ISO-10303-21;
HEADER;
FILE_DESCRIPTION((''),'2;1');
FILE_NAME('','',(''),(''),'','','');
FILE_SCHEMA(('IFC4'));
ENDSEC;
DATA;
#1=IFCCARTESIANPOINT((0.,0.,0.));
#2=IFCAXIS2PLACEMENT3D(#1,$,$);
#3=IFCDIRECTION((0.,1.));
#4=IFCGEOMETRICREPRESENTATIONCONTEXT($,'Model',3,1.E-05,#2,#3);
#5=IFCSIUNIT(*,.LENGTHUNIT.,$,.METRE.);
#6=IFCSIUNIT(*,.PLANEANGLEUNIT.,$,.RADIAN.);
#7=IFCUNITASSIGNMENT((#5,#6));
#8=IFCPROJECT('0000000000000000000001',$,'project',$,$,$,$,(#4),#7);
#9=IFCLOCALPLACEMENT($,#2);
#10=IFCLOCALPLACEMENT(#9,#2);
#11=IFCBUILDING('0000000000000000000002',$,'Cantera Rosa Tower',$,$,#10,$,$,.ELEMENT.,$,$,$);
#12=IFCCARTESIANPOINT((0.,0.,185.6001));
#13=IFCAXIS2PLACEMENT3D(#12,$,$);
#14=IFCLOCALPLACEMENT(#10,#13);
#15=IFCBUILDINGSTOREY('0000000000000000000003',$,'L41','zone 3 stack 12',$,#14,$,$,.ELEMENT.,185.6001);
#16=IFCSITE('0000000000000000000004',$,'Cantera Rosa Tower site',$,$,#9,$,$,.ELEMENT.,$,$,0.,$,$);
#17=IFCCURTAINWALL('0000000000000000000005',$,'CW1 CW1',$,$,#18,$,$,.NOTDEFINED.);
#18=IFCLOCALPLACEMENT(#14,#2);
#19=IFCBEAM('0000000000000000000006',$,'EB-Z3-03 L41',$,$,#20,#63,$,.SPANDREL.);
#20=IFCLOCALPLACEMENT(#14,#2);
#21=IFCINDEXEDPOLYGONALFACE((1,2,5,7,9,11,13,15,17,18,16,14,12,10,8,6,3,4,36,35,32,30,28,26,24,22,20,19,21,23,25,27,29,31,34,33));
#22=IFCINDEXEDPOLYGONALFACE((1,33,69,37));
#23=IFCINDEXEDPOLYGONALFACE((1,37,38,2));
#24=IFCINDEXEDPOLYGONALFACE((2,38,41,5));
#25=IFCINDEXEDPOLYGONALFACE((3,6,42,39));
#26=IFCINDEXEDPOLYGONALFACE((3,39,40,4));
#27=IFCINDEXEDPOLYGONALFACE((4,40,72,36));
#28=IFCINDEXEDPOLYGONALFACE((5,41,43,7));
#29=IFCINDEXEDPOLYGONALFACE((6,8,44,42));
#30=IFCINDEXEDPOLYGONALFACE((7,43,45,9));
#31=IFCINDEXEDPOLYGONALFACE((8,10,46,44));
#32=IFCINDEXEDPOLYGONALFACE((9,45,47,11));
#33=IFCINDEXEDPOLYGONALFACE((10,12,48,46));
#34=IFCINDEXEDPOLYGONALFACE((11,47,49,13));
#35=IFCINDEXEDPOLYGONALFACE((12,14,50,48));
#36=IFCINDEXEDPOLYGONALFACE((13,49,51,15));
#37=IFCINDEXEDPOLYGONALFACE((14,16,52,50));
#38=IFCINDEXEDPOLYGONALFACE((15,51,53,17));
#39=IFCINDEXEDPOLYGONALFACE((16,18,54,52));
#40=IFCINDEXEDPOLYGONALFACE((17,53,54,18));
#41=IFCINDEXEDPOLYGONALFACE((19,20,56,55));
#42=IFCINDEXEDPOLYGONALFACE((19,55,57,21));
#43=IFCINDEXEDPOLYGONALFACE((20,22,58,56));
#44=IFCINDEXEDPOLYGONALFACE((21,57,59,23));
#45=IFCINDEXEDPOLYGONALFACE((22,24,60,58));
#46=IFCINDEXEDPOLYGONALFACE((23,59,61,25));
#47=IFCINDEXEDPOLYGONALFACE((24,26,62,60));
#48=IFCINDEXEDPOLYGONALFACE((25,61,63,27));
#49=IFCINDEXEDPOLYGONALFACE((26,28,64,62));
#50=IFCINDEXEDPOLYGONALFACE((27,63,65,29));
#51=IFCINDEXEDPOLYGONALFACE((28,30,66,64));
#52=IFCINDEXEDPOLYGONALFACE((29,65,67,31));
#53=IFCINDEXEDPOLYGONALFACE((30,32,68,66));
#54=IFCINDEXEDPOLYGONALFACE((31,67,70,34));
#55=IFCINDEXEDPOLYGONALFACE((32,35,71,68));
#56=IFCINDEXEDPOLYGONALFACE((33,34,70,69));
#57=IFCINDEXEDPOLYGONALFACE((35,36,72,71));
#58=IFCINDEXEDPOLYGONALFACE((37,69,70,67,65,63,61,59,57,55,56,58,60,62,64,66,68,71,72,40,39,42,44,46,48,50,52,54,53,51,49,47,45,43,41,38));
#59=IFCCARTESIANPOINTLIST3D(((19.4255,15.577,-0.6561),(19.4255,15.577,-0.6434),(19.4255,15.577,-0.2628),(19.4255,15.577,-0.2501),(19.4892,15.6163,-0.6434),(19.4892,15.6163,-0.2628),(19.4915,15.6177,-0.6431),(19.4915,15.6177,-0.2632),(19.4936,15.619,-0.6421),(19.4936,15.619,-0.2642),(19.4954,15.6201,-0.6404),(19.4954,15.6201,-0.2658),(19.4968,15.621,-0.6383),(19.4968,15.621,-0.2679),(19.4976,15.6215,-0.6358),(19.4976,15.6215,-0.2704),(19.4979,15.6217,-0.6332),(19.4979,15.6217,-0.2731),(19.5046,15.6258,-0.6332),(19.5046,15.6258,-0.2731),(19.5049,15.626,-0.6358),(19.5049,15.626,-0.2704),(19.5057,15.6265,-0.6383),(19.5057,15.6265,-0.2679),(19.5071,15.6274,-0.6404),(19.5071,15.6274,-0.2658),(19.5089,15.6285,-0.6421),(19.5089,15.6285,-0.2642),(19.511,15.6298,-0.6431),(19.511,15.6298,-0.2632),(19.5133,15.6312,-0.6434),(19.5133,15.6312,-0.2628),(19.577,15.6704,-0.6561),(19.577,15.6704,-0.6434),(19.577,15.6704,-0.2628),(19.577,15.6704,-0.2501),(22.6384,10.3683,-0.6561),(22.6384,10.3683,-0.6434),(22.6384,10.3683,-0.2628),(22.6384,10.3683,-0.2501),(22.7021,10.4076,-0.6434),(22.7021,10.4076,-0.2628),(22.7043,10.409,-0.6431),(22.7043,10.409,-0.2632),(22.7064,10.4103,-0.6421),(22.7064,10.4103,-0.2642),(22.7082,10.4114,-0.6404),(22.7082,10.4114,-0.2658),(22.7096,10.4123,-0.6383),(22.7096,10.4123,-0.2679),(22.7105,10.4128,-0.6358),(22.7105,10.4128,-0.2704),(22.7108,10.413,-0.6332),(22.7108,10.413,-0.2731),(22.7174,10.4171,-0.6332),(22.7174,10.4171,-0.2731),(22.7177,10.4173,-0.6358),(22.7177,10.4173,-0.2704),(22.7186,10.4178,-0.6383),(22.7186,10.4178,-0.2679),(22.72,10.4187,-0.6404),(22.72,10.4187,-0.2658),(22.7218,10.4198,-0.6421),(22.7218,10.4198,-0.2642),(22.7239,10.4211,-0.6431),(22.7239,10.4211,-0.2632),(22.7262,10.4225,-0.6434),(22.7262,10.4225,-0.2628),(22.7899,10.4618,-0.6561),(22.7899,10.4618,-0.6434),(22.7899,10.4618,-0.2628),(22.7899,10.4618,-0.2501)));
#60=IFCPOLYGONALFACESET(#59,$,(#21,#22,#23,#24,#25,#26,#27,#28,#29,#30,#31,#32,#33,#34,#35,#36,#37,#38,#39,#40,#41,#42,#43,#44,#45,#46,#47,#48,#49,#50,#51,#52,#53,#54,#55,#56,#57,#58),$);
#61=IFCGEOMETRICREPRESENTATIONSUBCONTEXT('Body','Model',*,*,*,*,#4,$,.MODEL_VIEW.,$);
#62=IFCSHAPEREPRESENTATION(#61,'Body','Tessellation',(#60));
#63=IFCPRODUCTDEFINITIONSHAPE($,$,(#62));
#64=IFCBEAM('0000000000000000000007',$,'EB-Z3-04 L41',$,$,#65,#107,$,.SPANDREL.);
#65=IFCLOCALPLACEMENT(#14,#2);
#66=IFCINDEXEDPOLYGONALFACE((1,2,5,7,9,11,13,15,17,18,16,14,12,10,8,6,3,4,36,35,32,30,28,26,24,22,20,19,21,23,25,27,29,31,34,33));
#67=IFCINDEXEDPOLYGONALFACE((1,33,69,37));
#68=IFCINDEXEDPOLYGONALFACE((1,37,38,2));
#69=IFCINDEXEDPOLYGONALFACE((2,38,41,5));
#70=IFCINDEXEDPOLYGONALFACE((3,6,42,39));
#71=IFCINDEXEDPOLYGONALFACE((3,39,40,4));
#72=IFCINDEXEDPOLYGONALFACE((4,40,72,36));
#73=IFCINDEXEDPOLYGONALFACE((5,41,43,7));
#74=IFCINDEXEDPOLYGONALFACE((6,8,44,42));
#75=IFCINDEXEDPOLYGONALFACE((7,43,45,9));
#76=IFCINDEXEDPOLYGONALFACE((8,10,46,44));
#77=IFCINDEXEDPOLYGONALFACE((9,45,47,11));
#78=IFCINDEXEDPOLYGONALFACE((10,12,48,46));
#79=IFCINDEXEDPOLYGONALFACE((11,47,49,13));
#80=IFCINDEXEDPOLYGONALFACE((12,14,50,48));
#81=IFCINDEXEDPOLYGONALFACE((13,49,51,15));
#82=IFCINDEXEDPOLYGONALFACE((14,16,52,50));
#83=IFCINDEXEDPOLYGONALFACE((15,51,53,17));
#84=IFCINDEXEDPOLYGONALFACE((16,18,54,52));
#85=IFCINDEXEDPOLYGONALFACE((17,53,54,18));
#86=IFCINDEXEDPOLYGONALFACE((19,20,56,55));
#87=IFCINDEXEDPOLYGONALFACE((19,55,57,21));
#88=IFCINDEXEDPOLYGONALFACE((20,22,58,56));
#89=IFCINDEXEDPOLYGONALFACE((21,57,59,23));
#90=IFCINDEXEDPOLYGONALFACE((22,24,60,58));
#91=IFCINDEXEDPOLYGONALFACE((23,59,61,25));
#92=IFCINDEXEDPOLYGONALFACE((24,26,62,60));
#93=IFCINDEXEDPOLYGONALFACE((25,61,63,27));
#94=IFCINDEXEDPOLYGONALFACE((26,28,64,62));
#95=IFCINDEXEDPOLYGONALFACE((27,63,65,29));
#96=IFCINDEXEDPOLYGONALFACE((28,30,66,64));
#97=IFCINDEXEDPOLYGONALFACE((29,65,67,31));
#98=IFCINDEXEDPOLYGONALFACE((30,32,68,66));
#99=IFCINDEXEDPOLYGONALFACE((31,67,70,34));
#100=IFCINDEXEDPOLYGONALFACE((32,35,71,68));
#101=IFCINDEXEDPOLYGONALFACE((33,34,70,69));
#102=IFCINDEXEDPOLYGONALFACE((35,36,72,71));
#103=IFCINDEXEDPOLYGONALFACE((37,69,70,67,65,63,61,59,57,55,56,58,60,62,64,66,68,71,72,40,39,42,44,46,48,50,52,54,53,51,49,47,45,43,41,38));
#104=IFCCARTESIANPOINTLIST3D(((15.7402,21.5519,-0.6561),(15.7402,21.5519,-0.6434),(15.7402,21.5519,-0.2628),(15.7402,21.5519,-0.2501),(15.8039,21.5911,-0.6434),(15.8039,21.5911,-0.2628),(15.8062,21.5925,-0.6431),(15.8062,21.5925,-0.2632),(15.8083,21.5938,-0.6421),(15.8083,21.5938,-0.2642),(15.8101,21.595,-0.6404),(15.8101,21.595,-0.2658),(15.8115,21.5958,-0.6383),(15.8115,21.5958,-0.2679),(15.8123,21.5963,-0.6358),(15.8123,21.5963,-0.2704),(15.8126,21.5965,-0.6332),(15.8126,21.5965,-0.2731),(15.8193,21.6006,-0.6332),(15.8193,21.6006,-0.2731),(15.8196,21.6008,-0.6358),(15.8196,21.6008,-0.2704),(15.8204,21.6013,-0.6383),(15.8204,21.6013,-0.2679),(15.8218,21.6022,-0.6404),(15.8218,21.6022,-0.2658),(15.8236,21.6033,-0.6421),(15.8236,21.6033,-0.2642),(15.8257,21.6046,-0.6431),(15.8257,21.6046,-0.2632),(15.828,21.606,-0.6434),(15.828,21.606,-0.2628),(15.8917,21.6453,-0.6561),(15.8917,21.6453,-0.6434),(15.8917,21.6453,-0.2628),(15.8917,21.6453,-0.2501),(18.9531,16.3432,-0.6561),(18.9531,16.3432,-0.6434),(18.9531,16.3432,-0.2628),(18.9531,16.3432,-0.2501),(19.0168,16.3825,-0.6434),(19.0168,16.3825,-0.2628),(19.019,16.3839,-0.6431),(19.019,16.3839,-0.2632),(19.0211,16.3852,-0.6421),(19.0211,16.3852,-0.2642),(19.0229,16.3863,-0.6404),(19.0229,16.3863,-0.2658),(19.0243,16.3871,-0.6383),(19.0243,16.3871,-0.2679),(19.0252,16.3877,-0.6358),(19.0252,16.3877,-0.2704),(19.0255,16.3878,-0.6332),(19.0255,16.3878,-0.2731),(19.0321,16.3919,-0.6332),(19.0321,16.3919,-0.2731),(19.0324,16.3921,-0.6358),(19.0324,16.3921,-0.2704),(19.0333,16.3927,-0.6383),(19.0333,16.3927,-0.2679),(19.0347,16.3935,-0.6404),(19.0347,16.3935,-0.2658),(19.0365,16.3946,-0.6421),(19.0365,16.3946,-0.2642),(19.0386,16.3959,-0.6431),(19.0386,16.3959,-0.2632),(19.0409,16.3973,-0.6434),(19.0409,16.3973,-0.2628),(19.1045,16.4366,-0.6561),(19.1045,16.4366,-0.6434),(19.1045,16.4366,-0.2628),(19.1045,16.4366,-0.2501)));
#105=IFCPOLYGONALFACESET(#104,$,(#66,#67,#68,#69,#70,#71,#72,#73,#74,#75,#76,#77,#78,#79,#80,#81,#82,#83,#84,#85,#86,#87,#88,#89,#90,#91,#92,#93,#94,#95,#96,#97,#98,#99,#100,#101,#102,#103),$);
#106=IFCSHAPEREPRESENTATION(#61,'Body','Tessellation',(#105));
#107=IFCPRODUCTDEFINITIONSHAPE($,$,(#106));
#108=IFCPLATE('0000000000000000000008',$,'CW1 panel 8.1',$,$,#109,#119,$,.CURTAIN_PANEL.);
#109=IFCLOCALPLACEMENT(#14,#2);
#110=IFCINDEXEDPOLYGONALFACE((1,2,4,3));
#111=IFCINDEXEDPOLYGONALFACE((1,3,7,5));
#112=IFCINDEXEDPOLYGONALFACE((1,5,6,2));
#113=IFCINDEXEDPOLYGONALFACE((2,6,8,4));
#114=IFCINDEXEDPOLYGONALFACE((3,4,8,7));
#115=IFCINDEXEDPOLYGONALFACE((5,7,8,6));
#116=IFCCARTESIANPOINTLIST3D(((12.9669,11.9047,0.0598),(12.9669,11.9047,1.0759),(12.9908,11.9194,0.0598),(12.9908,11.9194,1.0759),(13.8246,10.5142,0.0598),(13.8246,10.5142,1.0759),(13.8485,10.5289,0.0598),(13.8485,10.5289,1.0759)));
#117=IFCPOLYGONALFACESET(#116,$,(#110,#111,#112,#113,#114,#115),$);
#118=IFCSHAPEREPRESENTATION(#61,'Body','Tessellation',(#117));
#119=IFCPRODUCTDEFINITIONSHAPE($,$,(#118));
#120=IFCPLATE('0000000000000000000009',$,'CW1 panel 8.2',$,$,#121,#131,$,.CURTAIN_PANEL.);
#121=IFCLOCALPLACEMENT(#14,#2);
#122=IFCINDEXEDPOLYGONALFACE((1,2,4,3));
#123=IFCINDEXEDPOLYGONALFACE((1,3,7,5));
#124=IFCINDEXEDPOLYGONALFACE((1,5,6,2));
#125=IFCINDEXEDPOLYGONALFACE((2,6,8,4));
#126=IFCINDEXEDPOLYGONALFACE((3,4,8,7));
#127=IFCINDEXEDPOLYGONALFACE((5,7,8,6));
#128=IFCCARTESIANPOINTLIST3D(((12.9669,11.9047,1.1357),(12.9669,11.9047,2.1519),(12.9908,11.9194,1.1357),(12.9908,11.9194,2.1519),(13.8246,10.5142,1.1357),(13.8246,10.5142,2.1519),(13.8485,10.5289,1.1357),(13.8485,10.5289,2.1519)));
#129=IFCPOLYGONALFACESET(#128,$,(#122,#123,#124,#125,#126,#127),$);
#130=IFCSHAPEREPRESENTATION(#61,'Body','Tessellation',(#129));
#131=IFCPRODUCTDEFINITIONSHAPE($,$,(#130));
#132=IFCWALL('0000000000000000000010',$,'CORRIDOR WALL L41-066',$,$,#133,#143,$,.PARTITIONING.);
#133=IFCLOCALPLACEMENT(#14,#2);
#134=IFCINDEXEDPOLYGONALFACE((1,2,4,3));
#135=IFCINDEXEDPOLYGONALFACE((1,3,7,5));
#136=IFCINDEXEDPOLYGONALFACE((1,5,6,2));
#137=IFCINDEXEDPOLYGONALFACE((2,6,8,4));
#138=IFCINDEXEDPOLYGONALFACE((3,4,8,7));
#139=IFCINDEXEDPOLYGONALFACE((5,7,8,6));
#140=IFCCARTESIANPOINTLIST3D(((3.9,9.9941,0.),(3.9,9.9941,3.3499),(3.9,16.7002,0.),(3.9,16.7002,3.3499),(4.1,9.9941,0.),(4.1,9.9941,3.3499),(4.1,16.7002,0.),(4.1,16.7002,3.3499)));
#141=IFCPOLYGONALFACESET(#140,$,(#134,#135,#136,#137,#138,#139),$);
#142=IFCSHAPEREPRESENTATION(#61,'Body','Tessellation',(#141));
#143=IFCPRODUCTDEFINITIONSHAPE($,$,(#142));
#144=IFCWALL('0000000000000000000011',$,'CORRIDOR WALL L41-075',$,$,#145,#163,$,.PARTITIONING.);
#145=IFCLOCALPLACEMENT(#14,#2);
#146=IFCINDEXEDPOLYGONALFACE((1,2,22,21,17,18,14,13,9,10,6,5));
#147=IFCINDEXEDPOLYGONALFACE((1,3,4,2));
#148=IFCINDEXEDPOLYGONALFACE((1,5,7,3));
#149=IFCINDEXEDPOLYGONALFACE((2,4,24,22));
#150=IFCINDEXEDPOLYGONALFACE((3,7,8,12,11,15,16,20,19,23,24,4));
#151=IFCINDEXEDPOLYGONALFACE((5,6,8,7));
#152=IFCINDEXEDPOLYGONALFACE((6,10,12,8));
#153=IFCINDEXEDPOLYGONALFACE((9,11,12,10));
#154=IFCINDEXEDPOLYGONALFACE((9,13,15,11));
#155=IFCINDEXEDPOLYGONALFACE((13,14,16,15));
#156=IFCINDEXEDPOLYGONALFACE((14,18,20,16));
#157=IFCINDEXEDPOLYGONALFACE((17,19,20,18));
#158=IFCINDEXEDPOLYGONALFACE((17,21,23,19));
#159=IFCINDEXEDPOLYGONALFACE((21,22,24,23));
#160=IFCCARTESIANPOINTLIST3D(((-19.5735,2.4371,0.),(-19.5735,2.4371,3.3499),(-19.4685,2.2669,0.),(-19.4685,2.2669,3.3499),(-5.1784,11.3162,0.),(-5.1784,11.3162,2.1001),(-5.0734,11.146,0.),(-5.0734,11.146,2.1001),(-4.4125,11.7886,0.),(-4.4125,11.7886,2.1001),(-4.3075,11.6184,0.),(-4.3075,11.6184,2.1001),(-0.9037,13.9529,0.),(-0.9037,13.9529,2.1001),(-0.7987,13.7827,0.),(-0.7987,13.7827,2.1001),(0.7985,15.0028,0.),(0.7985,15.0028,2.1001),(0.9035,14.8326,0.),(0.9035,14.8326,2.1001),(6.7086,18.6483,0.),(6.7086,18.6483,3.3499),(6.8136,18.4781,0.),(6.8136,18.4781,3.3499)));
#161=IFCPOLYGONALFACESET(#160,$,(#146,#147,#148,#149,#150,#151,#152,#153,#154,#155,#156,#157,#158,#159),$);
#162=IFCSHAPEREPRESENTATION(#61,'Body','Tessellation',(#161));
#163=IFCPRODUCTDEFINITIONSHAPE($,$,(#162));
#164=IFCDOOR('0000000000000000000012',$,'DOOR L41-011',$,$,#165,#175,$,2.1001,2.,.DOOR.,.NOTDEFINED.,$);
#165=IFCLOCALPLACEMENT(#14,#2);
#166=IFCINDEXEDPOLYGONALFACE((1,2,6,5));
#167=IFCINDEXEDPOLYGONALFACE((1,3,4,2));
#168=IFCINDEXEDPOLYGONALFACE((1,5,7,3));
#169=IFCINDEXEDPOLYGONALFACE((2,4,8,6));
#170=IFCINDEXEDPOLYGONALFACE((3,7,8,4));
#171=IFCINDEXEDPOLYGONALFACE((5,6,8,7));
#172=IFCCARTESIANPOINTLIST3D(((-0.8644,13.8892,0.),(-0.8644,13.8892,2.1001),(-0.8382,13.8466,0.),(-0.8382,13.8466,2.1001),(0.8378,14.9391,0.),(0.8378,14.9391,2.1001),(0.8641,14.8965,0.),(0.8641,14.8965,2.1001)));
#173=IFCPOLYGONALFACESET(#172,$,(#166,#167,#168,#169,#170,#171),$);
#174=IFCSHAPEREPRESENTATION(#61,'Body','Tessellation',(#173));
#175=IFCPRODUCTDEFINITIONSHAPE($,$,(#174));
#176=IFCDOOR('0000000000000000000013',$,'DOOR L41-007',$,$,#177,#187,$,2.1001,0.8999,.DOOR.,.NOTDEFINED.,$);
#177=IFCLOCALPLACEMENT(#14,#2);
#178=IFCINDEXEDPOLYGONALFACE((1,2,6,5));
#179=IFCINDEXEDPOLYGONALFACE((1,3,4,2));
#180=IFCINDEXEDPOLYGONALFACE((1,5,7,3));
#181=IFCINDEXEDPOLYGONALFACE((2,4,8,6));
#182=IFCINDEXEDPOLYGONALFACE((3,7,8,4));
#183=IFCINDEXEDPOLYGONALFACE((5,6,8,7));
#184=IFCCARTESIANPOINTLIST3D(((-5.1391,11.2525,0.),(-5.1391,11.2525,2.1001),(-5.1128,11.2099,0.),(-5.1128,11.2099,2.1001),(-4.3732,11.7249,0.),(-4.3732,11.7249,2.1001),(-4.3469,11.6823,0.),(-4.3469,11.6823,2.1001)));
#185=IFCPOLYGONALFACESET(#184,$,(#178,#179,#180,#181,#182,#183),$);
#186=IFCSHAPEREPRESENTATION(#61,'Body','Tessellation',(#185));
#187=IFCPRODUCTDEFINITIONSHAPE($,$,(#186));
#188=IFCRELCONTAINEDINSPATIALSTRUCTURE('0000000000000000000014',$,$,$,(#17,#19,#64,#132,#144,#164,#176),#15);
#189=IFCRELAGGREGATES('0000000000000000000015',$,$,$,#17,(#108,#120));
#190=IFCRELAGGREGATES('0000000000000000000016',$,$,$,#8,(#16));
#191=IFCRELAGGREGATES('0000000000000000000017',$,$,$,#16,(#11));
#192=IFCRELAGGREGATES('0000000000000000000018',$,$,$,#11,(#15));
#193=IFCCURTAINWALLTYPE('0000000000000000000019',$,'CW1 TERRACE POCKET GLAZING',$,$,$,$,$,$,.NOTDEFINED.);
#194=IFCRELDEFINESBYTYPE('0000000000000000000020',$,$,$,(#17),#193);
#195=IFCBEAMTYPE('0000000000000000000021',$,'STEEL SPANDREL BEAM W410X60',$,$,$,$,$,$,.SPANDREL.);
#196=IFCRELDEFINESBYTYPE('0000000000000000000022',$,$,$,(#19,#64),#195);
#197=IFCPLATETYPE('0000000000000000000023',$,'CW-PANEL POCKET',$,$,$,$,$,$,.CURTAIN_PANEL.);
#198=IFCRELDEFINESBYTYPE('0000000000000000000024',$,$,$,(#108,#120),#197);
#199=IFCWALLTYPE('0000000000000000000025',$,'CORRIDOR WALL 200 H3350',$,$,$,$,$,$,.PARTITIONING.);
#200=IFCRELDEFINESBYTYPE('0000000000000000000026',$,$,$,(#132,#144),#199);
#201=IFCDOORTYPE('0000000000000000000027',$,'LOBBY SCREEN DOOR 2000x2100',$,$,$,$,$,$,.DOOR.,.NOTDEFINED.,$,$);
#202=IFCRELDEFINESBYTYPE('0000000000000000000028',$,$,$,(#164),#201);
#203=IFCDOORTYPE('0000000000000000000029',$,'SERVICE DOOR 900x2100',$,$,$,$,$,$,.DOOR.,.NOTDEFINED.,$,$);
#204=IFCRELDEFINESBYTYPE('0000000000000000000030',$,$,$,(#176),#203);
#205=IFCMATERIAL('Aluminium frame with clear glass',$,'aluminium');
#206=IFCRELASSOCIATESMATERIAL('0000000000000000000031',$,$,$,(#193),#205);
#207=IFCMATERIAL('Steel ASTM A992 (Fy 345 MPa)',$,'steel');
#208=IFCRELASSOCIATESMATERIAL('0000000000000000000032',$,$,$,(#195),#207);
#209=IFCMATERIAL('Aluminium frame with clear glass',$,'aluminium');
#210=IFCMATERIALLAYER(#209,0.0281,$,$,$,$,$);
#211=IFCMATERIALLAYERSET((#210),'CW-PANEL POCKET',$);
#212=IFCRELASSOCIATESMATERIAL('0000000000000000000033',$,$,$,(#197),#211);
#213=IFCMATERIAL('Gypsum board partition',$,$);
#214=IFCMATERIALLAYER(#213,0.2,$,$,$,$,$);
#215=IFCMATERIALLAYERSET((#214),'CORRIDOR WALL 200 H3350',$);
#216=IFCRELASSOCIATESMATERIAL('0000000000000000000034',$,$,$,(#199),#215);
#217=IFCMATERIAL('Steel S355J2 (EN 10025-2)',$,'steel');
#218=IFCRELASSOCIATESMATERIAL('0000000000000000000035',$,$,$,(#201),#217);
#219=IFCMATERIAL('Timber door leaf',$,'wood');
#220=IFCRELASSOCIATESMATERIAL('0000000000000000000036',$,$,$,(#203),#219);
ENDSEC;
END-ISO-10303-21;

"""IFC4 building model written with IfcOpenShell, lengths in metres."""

from ifc_helpers import new_model, si_unit, direction, frame, frame_2d, origin, origin_2d, place, context, subcontext, project, spatial, rectangle, i_section, extrude, material, layer, layer_set, material_profile, profile_set, type_object, element, fill, aggregate, save


model = new_model("IFC4")

# Units and contexts
model_context = context("Model", 3, precision=1e-05, world=origin(), true_north=direction((0.0, 1.0)))
body_context = subcontext(model_context, "Body", "Model", "MODEL_VIEW")
ifc_project = project(units=[si_unit("LENGTHUNIT", "METRE"), si_unit("PLANEANGLEUNIT", "RADIAN")], contexts=[model_context])

# Site, building, storey
site_placement = place(None, origin())
site = spatial("IfcSite", under=ifc_project, at=site_placement, Name="Cantera Rosa Tower site", CompositionType="ELEMENT", RefElevation=0.0)
building_placement = place(site_placement, origin())
building = spatial("IfcBuilding", under=site, at=building_placement, Name="Cantera Rosa Tower", CompositionType="ELEMENT")
storey_placement = place(building_placement, frame((0.0, 0.0, 185.6001)))
storey = spatial("IfcBuildingStorey", under=building, at=storey_placement, Name="L41", Description="zone 3 stack 12", CompositionType="ELEMENT", Elevation=185.6001)

# Curtain wall
ifc_material_1 = material(Name="Aluminium frame with clear glass", Category="aluminium")
curtain_wall_type = type_object("IfcCurtainWallType", Name="CW1 TERRACE POCKET GLAZING", PredefinedType="NOTDEFINED", material=ifc_material_1)
curtain_wall_placement = place(storey_placement, origin())
curtain_wall = element("IfcCurtainWall", 1, at=curtain_wall_placement, inside=storey, type_object=curtain_wall_type, Name="CW1 CW1", PredefinedType="NOTDEFINED")

# Beams
ifc_material_2 = material(Name="Steel ASTM A992 (Fy 345 MPa)", Category="steel")
ifc_material_profile_1 = material_profile(ifc_material_2, i_section(OverallWidth=0.178, OverallDepth=0.406, WebThickness=0.0078, FlangeThickness=0.0127, FilletRadius=0.0103, at=origin_2d()), Name="W410X60")
ifc_profile_set_1 = profile_set([ifc_material_profile_1], Name="Steel ASTM A992 (Fy 345 MPa)")
beam_type_1 = type_object("IfcBeamType", Name="STEEL SPANDREL BEAM W410X60", PredefinedType="SPANDREL", material=ifc_profile_set_1)
for number, where, z_axis, x_axis, name in (
    (2, (22.7141, 10.415, -0.4531), (-0.524987, 0.85111, 0.0), (-0.85111, -0.524987, 0.0), "EB-Z3-03 L41"),
    (3, (19.0288, 16.3899, -0.4531), (-0.524987, 0.85111, 0.0), (-0.85111, -0.524987, 0.0), "EB-Z3-04 L41"),
):
    element("IfcBeam", number, at=place(storey_placement, frame(where, z_axis=z_axis, x_axis=x_axis)), inside=storey, type_object=beam_type_1, Name=name, PredefinedType="SPANDREL", context=body_context, shape_type="SweptSolid", body=[
        extrude(i_section(OverallWidth=0.178, OverallDepth=0.406, WebThickness=0.0078, FlangeThickness=0.0127, FilletRadius=0.0103, at=origin_2d()), origin(), (0.0, 0.0, 1.0), 6.1199),
    ])

# Plates
ifc_material_3 = material(Name="Aluminium frame with clear glass", Category="aluminium")
ifc_layer_1 = layer(ifc_material_3, 0.0281)
ifc_layer_set_1 = layer_set([ifc_layer_1], Name="CW-PANEL POCKET")
plate_type = type_object("IfcPlateType", Name="CW-PANEL POCKET", PredefinedType="CURTAIN_PANEL", material=ifc_layer_set_1)
plate_1_placement = place(storey_placement, frame((13.4077, 11.2168, 0.0598), z_axis=(0.0, 0.0, 1.0), x_axis=(-0.524977, 0.851117, 0.0)))
plate_1 = element("IfcPlate", 4, at=plate_1_placement, type_object=plate_type, Name="CW1 panel 8.1", PredefinedType="CURTAIN_PANEL", context=body_context, shape_type="SweptSolid", body=[
    extrude(rectangle(XDim=1.6338, YDim=0.0281, at=origin_2d()), origin(), (0.0, 0.0, 1.0), 1.0161),
])
plate_2_placement = place(storey_placement, frame((13.4077, 11.2168, 1.1357), z_axis=(0.0, 0.0, 1.0), x_axis=(-0.524977, 0.851117, 0.0)))
plate_2 = element("IfcPlate", 5, at=plate_2_placement, type_object=plate_type, Name="CW1 panel 8.2", PredefinedType="CURTAIN_PANEL", context=body_context, shape_type="SweptSolid", body=[
    extrude(rectangle(XDim=1.6338, YDim=0.0281, at=origin_2d()), origin(), (0.0, 0.0, 1.0), 1.0161),
])
aggregate(curtain_wall, [plate_1, plate_2])

# Wall
ifc_material_4 = material(Name="Gypsum board partition")
ifc_layer_2 = layer(ifc_material_4, 0.2)
ifc_layer_set_2 = layer_set([ifc_layer_2], Name="CORRIDOR WALL 200 H3350")
wall_type_1 = type_object("IfcWallType", Name="CORRIDOR WALL 200 H3350", PredefinedType="PARTITIONING", material=ifc_layer_set_2)
wall_1_placement = place(storey_placement, frame((4.0, 9.9941, 0.0), z_axis=(0.0, 0.0, 1.0), x_axis=(0.0, 1.0, 0.0)))
element("IfcWall", 6, at=wall_1_placement, inside=storey, type_object=wall_type_1, Name="CORRIDOR WALL L41-066", PredefinedType="PARTITIONING", context=body_context, shape_type="SweptSolid", body=[
    extrude(rectangle(XDim=6.7061, YDim=0.2, at=frame_2d((3.353, 0.0))), origin(), (0.0, 0.0, 1.0), 3.3499),
])

# Wall, openings, doors
wall_2_placement = place(storey_placement, frame((6.7612, 18.5632, 0.0), z_axis=(0.0, 0.0, 1.0), x_axis=(-0.851116, -0.524978, 0.0)))
wall_2 = element("IfcWall", 7, at=wall_2_placement, inside=storey, type_object=wall_type_1, Name="CORRIDOR WALL L41-075", PredefinedType="PARTITIONING", context=body_context, shape_type="SweptSolid", body=[
    extrude(rectangle(XDim=30.8796, YDim=0.2, at=frame_2d((15.4399, 0.0))), origin(), (0.0, 0.0, 1.0), 3.3499),
])
opening_1_placement = place(wall_2_placement, frame((13.0667, 0.0, 0.0)))
opening_1 = element("IfcOpeningElement", 8, at=opening_1_placement, cuts=wall_2, PredefinedType="OPENING", context=body_context, shape_type="SweptSolid", body=[
    extrude(rectangle(XDim=0.8999, YDim=2.1001, at=frame_2d((0.45, 1.05))), frame((0.0, 0.1099, 0.0), z_axis=(0.0, -1.0, 0.0), x_axis=(1.0, 0.0, 0.0)), (0.0, 0.0, 1.0), 0.22),
])
opening_2_placement = place(wall_2_placement, frame((6.9441, 0.0, 0.0)))
opening_2 = element("IfcOpeningElement", 9, at=opening_2_placement, cuts=wall_2, PredefinedType="OPENING", context=body_context, shape_type="SweptSolid", body=[
    extrude(rectangle(XDim=2.0, YDim=2.1001, at=frame_2d((1.0, 1.05))), frame((0.0, 0.1099, 0.0), z_axis=(0.0, -1.0, 0.0), x_axis=(1.0, 0.0, 0.0)), (0.0, 0.0, 1.0), 0.22),
])
ifc_material_5 = material(Name="Steel S355J2 (EN 10025-2)", Category="steel")
door_type_1 = type_object("IfcDoorType", Name="LOBBY SCREEN DOOR 2000x2100", OperationType="NOTDEFINED", PredefinedType="DOOR", material=ifc_material_5)
door_1_placement = place(opening_2_placement, origin())
door_1 = element("IfcDoor", 10, at=door_1_placement, inside=storey, type_object=door_type_1, Name="DOOR L41-011", OperationType="NOTDEFINED", OverallHeight=2.1001, OverallWidth=2.0, PredefinedType="DOOR", context=body_context, shape_type="SweptSolid", body=[
    extrude(rectangle(XDim=2.0, YDim=2.1001, at=frame_2d((1.0, 1.05))), frame((0.0, 0.0249, 0.0), z_axis=(0.0, -1.0, 0.0), x_axis=(1.0, 0.0, 0.0)), (0.0, 0.0, 1.0), 0.05),
])
fill(opening_2, door_1)
ifc_material_6 = material(Name="Timber door leaf", Category="wood")
door_type_2 = type_object("IfcDoorType", Name="SERVICE DOOR 900x2100", OperationType="NOTDEFINED", PredefinedType="DOOR", material=ifc_material_6)
door_2_placement = place(opening_1_placement, origin())
door_2 = element("IfcDoor", 11, at=door_2_placement, inside=storey, type_object=door_type_2, Name="DOOR L41-007", OperationType="NOTDEFINED", OverallHeight=2.1001, OverallWidth=0.8999, PredefinedType="DOOR", context=body_context, shape_type="SweptSolid", body=[
    extrude(rectangle(XDim=0.8999, YDim=2.1001, at=frame_2d((0.45, 1.05))), frame((0.0, 0.0249, 0.0), z_axis=(0.0, -1.0, 0.0), x_axis=(1.0, 0.0, 0.0)), (0.0, 0.0, 1.0), 0.05),
])
fill(opening_1, door_2)

save(model, "model.ifc")
